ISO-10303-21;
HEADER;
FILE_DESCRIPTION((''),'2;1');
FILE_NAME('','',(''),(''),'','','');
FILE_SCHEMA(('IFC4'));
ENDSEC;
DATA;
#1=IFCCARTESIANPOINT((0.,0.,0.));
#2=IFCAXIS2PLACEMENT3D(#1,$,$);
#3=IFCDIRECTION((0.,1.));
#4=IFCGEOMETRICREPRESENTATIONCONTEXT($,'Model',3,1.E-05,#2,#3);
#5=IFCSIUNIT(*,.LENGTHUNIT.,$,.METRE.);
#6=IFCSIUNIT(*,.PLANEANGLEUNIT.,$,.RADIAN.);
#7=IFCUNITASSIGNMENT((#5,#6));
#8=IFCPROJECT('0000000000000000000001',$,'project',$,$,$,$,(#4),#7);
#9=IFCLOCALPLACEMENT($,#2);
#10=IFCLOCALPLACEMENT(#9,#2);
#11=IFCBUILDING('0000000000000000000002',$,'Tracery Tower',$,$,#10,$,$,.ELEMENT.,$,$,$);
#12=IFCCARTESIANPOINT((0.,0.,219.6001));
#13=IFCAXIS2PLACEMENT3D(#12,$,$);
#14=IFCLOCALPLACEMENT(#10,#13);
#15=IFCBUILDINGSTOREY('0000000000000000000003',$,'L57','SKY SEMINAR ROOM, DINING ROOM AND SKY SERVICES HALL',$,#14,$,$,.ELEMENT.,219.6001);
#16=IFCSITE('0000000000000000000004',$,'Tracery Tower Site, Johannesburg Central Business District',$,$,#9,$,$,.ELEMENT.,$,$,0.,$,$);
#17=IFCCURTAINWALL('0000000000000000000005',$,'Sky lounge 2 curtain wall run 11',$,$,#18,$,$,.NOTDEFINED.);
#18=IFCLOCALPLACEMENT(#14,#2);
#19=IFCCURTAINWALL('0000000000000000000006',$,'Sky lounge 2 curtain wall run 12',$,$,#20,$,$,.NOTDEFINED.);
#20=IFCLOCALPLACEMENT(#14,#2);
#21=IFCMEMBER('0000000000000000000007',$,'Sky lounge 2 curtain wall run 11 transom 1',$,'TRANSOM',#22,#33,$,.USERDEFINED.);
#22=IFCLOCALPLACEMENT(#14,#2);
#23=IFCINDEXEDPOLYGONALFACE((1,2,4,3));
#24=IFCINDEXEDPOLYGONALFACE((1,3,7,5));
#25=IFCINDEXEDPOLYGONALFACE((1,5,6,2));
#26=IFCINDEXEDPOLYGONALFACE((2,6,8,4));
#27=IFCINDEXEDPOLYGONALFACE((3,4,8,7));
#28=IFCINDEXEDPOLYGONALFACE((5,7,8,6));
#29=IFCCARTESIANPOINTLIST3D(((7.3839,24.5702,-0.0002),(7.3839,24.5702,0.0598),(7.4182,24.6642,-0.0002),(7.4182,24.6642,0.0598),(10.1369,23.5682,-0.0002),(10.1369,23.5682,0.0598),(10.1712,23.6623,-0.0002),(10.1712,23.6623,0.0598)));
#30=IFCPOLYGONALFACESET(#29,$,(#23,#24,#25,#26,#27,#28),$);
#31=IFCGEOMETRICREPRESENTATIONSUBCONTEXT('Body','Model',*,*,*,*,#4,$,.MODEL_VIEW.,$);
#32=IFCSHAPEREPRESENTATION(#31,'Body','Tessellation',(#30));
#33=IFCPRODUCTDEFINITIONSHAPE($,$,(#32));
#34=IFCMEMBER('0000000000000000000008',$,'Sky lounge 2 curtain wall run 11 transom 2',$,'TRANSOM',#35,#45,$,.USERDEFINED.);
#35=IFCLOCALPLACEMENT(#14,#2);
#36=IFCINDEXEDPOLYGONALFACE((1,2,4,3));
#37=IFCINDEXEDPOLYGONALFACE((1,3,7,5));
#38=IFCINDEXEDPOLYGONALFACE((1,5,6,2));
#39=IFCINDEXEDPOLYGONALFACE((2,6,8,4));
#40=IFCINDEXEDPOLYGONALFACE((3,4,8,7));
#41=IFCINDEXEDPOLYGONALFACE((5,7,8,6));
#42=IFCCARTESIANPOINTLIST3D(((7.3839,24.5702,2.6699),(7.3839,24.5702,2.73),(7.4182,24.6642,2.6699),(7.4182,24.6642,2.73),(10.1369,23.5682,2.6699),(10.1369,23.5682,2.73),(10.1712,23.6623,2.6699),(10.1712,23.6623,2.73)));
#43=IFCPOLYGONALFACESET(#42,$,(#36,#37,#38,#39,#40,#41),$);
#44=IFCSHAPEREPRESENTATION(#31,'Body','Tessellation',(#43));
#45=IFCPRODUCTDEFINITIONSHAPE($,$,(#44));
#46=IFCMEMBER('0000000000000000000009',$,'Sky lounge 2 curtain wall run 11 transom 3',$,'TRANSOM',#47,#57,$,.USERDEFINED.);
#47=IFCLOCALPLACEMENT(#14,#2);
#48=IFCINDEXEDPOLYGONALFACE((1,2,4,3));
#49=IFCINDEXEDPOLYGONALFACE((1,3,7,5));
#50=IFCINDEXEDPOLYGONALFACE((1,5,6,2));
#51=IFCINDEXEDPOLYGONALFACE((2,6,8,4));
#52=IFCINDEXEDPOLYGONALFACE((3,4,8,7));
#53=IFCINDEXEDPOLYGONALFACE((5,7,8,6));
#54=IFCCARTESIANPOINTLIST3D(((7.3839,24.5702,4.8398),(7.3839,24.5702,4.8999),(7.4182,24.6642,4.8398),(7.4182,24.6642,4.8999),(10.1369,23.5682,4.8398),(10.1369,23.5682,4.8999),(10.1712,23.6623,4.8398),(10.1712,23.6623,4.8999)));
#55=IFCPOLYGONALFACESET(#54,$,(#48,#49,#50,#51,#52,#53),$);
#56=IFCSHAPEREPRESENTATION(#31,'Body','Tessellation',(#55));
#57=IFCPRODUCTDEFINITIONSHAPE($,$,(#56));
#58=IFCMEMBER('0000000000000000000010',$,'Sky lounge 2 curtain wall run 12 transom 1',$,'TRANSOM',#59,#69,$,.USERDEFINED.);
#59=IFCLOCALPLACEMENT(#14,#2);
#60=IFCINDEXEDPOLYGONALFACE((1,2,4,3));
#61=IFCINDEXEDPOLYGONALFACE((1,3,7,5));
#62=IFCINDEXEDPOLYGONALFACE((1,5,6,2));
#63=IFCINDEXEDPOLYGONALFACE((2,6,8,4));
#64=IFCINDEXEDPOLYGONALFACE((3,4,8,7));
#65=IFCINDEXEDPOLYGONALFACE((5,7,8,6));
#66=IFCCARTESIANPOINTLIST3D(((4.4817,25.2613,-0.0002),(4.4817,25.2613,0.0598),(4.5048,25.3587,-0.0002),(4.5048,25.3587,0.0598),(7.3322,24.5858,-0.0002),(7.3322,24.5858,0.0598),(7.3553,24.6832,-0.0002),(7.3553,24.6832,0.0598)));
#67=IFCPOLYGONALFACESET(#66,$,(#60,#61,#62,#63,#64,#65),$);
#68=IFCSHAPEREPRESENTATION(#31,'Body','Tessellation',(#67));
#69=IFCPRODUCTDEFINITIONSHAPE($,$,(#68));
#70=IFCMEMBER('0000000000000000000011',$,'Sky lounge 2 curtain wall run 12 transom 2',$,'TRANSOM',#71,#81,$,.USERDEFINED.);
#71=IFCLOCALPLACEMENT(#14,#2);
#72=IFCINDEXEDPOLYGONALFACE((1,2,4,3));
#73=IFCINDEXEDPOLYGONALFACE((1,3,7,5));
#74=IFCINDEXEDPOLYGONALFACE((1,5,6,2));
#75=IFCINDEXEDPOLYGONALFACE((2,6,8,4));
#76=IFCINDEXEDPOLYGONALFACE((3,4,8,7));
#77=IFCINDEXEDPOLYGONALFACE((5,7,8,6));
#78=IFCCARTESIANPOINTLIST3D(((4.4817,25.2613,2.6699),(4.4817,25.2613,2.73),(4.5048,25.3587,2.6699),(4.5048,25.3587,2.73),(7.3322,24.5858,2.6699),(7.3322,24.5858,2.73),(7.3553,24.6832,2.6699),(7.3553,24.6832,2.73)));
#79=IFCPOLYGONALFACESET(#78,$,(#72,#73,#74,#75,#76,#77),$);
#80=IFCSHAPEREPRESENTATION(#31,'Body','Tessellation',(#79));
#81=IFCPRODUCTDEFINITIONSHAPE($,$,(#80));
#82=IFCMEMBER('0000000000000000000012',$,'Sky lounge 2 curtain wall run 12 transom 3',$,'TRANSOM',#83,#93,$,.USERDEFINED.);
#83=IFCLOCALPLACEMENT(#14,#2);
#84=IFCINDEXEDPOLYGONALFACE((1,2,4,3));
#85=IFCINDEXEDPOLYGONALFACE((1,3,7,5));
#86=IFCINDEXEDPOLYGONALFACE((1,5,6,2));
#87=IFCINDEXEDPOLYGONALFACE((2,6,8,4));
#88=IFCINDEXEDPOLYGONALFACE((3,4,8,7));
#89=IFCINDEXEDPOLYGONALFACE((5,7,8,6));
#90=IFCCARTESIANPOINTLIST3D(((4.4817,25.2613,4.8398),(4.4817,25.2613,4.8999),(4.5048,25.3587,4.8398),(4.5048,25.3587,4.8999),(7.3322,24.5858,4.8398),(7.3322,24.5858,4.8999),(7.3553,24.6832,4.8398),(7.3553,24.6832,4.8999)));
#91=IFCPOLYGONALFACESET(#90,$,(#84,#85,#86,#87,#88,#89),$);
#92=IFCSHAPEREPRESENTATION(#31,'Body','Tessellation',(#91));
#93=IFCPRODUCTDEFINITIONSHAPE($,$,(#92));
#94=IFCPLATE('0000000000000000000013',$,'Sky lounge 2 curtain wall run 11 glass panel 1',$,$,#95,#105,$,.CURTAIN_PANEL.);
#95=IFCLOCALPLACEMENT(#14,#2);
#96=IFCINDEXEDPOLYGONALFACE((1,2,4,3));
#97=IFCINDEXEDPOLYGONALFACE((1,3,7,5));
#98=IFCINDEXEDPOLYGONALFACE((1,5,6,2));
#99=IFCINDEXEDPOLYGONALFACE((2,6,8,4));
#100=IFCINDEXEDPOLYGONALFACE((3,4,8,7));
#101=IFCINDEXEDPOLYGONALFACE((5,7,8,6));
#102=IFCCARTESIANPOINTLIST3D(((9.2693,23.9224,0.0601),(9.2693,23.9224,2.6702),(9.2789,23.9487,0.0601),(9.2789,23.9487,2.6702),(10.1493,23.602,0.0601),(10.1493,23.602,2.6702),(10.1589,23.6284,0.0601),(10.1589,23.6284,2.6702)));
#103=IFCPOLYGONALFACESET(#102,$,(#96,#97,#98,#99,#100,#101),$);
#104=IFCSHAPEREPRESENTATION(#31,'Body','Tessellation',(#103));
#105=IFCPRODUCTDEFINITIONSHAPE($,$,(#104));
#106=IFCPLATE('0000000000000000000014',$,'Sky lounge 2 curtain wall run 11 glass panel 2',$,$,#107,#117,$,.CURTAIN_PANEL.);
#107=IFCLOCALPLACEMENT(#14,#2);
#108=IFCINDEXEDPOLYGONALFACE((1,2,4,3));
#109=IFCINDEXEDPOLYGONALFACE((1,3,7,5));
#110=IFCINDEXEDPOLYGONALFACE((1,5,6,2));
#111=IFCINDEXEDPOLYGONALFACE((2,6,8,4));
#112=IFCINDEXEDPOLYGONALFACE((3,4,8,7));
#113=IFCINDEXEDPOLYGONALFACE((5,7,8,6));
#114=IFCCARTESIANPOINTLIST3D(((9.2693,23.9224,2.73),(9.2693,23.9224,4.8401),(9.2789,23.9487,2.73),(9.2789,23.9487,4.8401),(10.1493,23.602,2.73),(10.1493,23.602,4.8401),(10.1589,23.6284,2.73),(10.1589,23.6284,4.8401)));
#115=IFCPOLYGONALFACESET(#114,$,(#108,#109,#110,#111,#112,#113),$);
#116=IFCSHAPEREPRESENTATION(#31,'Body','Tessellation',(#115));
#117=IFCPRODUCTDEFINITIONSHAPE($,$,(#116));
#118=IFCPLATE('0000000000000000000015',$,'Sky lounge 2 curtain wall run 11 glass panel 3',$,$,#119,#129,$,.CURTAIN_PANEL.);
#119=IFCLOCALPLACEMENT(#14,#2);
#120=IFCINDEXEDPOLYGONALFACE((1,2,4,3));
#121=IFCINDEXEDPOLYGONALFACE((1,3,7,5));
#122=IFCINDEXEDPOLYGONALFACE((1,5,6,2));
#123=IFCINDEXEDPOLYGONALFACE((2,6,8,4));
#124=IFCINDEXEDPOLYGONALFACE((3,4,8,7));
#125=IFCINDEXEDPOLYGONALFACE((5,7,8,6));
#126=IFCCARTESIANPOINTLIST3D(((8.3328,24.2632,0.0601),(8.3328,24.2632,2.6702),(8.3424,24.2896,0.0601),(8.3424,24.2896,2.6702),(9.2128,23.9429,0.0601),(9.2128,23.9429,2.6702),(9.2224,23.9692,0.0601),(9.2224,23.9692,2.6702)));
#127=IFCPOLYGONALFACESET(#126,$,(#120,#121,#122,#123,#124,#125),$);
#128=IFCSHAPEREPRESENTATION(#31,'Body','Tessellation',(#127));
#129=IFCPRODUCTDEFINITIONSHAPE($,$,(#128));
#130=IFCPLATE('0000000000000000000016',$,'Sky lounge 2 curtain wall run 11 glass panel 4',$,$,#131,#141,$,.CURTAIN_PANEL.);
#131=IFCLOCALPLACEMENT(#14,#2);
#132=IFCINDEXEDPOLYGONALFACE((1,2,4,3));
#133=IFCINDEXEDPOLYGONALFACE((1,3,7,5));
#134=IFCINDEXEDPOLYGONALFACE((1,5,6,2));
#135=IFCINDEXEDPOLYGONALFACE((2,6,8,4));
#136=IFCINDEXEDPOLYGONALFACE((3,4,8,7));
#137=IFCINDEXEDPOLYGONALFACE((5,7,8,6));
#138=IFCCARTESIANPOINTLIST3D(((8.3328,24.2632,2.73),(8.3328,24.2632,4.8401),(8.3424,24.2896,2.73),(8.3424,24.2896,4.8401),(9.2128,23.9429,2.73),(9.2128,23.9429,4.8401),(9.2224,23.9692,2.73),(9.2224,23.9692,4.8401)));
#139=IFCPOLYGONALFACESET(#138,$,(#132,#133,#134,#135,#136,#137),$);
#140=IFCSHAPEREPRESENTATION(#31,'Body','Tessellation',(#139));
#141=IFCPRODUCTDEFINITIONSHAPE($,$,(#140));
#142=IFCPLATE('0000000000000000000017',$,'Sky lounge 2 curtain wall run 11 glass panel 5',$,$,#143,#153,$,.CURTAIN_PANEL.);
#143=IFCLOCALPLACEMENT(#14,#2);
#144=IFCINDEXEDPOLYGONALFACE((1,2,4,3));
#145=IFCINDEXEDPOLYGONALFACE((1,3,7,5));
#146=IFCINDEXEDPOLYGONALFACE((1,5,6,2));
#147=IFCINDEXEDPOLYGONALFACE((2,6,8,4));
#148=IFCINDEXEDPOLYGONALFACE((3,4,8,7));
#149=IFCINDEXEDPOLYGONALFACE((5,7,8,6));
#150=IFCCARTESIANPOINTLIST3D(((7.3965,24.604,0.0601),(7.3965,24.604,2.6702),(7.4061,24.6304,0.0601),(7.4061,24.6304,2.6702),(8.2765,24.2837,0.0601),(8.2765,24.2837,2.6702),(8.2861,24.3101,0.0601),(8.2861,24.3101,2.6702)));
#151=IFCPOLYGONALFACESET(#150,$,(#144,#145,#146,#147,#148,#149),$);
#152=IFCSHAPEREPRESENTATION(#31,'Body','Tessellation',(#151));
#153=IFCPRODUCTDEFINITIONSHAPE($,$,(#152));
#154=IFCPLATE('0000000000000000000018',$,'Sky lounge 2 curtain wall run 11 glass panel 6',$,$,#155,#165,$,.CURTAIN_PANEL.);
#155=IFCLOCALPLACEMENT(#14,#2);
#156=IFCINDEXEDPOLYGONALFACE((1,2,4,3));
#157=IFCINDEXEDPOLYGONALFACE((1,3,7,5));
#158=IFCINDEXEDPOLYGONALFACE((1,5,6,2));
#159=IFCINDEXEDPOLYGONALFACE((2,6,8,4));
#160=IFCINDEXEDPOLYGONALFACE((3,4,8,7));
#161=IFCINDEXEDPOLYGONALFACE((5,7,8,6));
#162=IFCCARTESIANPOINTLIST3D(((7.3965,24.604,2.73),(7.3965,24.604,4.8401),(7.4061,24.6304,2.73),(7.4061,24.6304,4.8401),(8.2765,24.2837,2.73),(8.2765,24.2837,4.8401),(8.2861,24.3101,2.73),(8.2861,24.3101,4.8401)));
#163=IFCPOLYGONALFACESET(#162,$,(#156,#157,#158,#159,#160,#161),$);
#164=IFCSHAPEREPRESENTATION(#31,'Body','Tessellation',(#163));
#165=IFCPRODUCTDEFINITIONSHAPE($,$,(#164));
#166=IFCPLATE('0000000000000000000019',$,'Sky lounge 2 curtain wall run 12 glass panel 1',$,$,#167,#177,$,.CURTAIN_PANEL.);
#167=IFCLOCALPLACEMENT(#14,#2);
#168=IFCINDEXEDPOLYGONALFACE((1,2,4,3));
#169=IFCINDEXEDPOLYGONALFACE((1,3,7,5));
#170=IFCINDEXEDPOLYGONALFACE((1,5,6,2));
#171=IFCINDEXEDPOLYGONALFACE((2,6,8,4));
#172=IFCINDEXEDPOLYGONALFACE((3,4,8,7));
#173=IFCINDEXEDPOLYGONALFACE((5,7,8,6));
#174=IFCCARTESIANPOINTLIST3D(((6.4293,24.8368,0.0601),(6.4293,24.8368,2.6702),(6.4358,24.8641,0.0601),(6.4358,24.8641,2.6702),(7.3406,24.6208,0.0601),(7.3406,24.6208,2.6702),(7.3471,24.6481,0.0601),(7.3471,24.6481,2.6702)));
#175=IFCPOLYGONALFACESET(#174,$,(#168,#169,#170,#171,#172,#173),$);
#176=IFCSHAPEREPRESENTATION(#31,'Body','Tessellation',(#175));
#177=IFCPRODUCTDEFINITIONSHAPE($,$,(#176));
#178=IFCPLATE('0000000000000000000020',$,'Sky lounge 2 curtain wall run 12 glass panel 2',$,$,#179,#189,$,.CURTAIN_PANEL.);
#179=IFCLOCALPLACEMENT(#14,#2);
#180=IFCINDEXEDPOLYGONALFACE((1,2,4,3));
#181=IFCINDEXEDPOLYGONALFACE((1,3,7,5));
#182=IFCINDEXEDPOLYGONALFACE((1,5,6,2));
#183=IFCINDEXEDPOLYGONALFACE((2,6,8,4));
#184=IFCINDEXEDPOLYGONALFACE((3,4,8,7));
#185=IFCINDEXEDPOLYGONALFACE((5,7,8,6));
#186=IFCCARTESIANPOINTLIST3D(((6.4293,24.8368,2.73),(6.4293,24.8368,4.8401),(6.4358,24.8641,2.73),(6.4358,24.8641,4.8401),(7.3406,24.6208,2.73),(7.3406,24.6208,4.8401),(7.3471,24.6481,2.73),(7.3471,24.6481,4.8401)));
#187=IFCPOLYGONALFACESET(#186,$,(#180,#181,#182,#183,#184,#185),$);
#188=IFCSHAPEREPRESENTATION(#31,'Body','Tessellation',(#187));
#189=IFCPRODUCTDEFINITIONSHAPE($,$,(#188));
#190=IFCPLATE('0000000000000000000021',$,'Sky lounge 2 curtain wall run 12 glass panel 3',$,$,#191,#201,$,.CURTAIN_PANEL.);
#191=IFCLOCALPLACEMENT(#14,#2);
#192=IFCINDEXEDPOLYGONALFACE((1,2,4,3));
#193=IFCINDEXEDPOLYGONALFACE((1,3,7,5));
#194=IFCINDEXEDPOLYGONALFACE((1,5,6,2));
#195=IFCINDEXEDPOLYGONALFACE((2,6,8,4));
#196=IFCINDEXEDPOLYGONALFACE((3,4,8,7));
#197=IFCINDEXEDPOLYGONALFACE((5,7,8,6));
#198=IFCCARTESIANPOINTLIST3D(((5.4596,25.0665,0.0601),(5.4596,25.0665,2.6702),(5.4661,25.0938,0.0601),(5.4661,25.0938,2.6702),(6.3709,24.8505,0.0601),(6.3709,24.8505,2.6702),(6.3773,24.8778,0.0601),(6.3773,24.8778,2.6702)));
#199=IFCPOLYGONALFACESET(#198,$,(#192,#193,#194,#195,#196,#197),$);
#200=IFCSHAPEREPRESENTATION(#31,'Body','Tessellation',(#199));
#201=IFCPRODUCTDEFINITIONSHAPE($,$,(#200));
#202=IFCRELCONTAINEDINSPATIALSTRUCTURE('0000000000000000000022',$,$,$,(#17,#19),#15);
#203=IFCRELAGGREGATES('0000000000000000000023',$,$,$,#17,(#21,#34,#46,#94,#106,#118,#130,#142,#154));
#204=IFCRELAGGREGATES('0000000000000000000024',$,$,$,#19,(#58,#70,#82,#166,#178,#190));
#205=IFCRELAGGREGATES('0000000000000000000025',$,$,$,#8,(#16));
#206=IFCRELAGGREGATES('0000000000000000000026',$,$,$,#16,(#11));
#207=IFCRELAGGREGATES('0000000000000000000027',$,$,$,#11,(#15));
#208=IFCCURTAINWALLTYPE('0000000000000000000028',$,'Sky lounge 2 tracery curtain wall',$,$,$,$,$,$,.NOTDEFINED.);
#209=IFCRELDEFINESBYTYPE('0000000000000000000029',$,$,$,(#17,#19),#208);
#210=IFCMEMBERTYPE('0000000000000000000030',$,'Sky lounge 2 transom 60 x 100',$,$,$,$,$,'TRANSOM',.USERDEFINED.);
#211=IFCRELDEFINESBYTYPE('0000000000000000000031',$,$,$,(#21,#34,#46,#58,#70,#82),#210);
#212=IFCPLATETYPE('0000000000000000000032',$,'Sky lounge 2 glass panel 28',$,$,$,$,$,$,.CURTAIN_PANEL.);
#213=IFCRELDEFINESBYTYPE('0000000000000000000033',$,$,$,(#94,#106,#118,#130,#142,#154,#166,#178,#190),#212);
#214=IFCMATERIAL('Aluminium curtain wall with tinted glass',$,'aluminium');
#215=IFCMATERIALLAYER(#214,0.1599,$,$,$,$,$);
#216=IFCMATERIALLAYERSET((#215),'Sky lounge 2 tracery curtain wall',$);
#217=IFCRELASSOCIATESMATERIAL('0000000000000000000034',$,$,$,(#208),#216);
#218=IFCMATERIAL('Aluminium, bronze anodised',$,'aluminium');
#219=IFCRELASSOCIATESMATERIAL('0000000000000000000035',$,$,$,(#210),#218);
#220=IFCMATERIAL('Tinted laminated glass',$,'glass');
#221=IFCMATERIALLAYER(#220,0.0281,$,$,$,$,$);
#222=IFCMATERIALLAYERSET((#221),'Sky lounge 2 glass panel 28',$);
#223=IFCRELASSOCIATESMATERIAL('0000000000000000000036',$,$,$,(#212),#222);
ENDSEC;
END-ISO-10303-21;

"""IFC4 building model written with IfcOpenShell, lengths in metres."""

from ifc_helpers import new_model, si_unit, direction, frame, origin, origin_2d, place, context, subcontext, project, spatial, rectangle, extrude, material, layer, layer_set, material_profile, profile_set, type_object, element, aggregate, save


model = new_model("IFC4")

# Units and contexts
model_context = context("Model", 3, precision=1e-05, world=origin(), true_north=direction((0.0, 1.0)))
body_context = subcontext(model_context, "Body", "Model", "MODEL_VIEW")
ifc_project = project(units=[si_unit("LENGTHUNIT", "METRE"), si_unit("PLANEANGLEUNIT", "RADIAN")], contexts=[model_context])

# Site, building, storey
site_placement = place(None, origin())
site = spatial("IfcSite", under=ifc_project, at=site_placement, Name="Tracery Tower Site, Johannesburg Central Business District", CompositionType="ELEMENT", RefElevation=0.0)
building_placement = place(site_placement, origin())
building = spatial("IfcBuilding", under=site, at=building_placement, Name="Tracery Tower", CompositionType="ELEMENT")
storey_placement = place(building_placement, frame((0.0, 0.0, 219.6001)))
storey = spatial("IfcBuildingStorey", under=building, at=storey_placement, Name="L57", Description="SKY SEMINAR ROOM, DINING ROOM AND SKY SERVICES HALL", CompositionType="ELEMENT", Elevation=219.6001)

# Curtain walls
ifc_material_1 = material(Name="Aluminium curtain wall with tinted glass", Category="aluminium")
ifc_layer_1 = layer(ifc_material_1, 0.1599)
ifc_layer_set_1 = layer_set([ifc_layer_1], Name="Sky lounge 2 tracery curtain wall")
curtain_wall_type = type_object("IfcCurtainWallType", Name="Sky lounge 2 tracery curtain wall", PredefinedType="NOTDEFINED", material=ifc_layer_set_1)
curtain_wall_1_placement = place(storey_placement, origin())
curtain_wall_1 = element("IfcCurtainWall", 1, at=curtain_wall_1_placement, inside=storey, type_object=curtain_wall_type, Name="Sky lounge 2 curtain wall run 11", PredefinedType="NOTDEFINED")
curtain_wall_2_placement = place(storey_placement, origin())
curtain_wall_2 = element("IfcCurtainWall", 2, at=curtain_wall_2_placement, inside=storey, type_object=curtain_wall_type, Name="Sky lounge 2 curtain wall run 12", PredefinedType="NOTDEFINED")

# Members
ifc_material_2 = material(Name="Aluminium, bronze anodised", Category="aluminium")
ifc_material_profile_1 = material_profile(ifc_material_2, rectangle(XDim=0.1001, YDim=0.0601, at=origin_2d()), Name="AL 60x100")
ifc_profile_set_1 = profile_set([ifc_material_profile_1], Name="Aluminium, bronze anodised")
member_type_1 = type_object("IfcMemberType", Name="Sky lounge 2 transom 60 x 100", ElementType="TRANSOM", PredefinedType="USERDEFINED", material=ifc_profile_set_1)
member_1_placement = place(storey_placement, frame((10.1541, 23.6152, 0.0298), z_axis=(-0.939696, 0.342011, 0.0), x_axis=(-0.342011, -0.939696, 0.0)))
member_1 = element("IfcMember", 3, at=member_1_placement, type_object=member_type_1, Name="Sky lounge 2 curtain wall run 11 transom 1", ObjectType="TRANSOM", PredefinedType="USERDEFINED", context=body_context, shape_type="SweptSolid", body=[
    extrude(rectangle(XDim=0.1001, YDim=0.0601, at=origin_2d()), origin(), (0.0, 0.0, 1.0), 2.9297),
])
member_2_placement = place(storey_placement, frame((10.1541, 23.6152, 2.7), z_axis=(-0.939696, 0.342011, 0.0), x_axis=(-0.342011, -0.939696, 0.0)))
member_2 = element("IfcMember", 4, at=member_2_placement, type_object=member_type_1, Name="Sky lounge 2 curtain wall run 11 transom 2", ObjectType="TRANSOM", PredefinedType="USERDEFINED", context=body_context, shape_type="SweptSolid", body=[
    extrude(rectangle(XDim=0.1001, YDim=0.0601, at=origin_2d()), origin(), (0.0, 0.0, 1.0), 2.9297),
])
member_3_placement = place(storey_placement, frame((10.1541, 23.6152, 4.8699), z_axis=(-0.939696, 0.342011, 0.0), x_axis=(-0.342011, -0.939696, 0.0)))
member_3 = element("IfcMember", 5, at=member_3_placement, type_object=member_type_1, Name="Sky lounge 2 curtain wall run 11 transom 3", ObjectType="TRANSOM", PredefinedType="USERDEFINED", context=body_context, shape_type="SweptSolid", body=[
    extrude(rectangle(XDim=0.1001, YDim=0.0601, at=origin_2d()), origin(), (0.0, 0.0, 1.0), 2.9297),
])
member_4_placement = place(storey_placement, frame((7.3438, 24.6345, 0.0298), z_axis=(-0.97305, 0.230595, 0.0), x_axis=(-0.230595, -0.97305, 0.0)))
member_4 = element("IfcMember", 6, at=member_4_placement, type_object=member_type_1, Name="Sky lounge 2 curtain wall run 12 transom 1", ObjectType="TRANSOM", PredefinedType="USERDEFINED", context=body_context, shape_type="SweptSolid", body=[
    extrude(rectangle(XDim=0.1001, YDim=0.0601, at=origin_2d()), origin(), (0.0, 0.0, 1.0), 2.9294),
])
member_5_placement = place(storey_placement, frame((7.3438, 24.6345, 2.7), z_axis=(-0.97305, 0.230595, 0.0), x_axis=(-0.230595, -0.97305, 0.0)))
member_5 = element("IfcMember", 7, at=member_5_placement, type_object=member_type_1, Name="Sky lounge 2 curtain wall run 12 transom 2", ObjectType="TRANSOM", PredefinedType="USERDEFINED", context=body_context, shape_type="SweptSolid", body=[
    extrude(rectangle(XDim=0.1001, YDim=0.0601, at=origin_2d()), origin(), (0.0, 0.0, 1.0), 2.9294),
])
member_6_placement = place(storey_placement, frame((7.3438, 24.6345, 4.8699), z_axis=(-0.97305, 0.230595, 0.0), x_axis=(-0.230595, -0.97305, 0.0)))
member_6 = element("IfcMember", 8, at=member_6_placement, type_object=member_type_1, Name="Sky lounge 2 curtain wall run 12 transom 3", ObjectType="TRANSOM", PredefinedType="USERDEFINED", context=body_context, shape_type="SweptSolid", body=[
    extrude(rectangle(XDim=0.1001, YDim=0.0601, at=origin_2d()), origin(), (0.0, 0.0, 1.0), 2.9294),
])

# Plates
ifc_material_3 = material(Name="Tinted laminated glass", Category="glass")
ifc_layer_2 = layer(ifc_material_3, 0.0281)
ifc_layer_set_2 = layer_set([ifc_layer_2], Name="Sky lounge 2 glass panel 28")
plate_type = type_object("IfcPlateType", Name="Sky lounge 2 glass panel 28", PredefinedType="CURTAIN_PANEL", material=ifc_layer_set_2)
plate_1_placement = place(storey_placement, frame((9.7141, 23.7754, 0.0601), z_axis=(0.0, 0.0, 1.0), x_axis=(-0.939693, 0.34202, 0.0)))
plate_1 = element("IfcPlate", 9, at=plate_1_placement, type_object=plate_type, Name="Sky lounge 2 curtain wall run 11 glass panel 1", PredefinedType="CURTAIN_PANEL", context=body_context, shape_type="SweptSolid", body=[
    extrude(rectangle(XDim=0.9365, YDim=0.0281, at=origin_2d()), origin(), (0.0, 0.0, 1.0), 2.6101),
])
plate_2_placement = place(storey_placement, frame((9.7141, 23.7754, 2.73), z_axis=(0.0, 0.0, 1.0), x_axis=(-0.939693, 0.34202, 0.0)))
plate_2 = element("IfcPlate", 10, at=plate_2_placement, type_object=plate_type, Name="Sky lounge 2 curtain wall run 11 glass panel 2", PredefinedType="CURTAIN_PANEL", context=body_context, shape_type="SweptSolid", body=[
    extrude(rectangle(XDim=0.9365, YDim=0.0281, at=origin_2d()), origin(), (0.0, 0.0, 1.0), 2.1101),
])
plate_3_placement = place(storey_placement, frame((8.7776, 24.1162, 0.0601), z_axis=(0.0, 0.0, 1.0), x_axis=(-0.939693, 0.34202, 0.0)))
plate_3 = element("IfcPlate", 11, at=plate_3_placement, type_object=plate_type, Name="Sky lounge 2 curtain wall run 11 glass panel 3", PredefinedType="CURTAIN_PANEL", context=body_context, shape_type="SweptSolid", body=[
    extrude(rectangle(XDim=0.9365, YDim=0.0281, at=origin_2d()), origin(), (0.0, 0.0, 1.0), 2.6101),
])
plate_4_placement = place(storey_placement, frame((8.7776, 24.1162, 2.73), z_axis=(0.0, 0.0, 1.0), x_axis=(-0.939693, 0.34202, 0.0)))
plate_4 = element("IfcPlate", 12, at=plate_4_placement, type_object=plate_type, Name="Sky lounge 2 curtain wall run 11 glass panel 4", PredefinedType="CURTAIN_PANEL", context=body_context, shape_type="SweptSolid", body=[
    extrude(rectangle(XDim=0.9365, YDim=0.0281, at=origin_2d()), origin(), (0.0, 0.0, 1.0), 2.1101),
])
plate_5_placement = place(storey_placement, frame((7.8413, 24.457, 0.0601), z_axis=(0.0, 0.0, 1.0), x_axis=(-0.939693, 0.34202, 0.0)))
plate_5 = element("IfcPlate", 13, at=plate_5_placement, type_object=plate_type, Name="Sky lounge 2 curtain wall run 11 glass panel 5", PredefinedType="CURTAIN_PANEL", context=body_context, shape_type="SweptSolid", body=[
    extrude(rectangle(XDim=0.9365, YDim=0.0281, at=origin_2d()), origin(), (0.0, 0.0, 1.0), 2.6101),
])
plate_6_placement = place(storey_placement, frame((7.8413, 24.457, 2.73), z_axis=(0.0, 0.0, 1.0), x_axis=(-0.939693, 0.34202, 0.0)))
plate_6 = element("IfcPlate", 14, at=plate_6_placement, type_object=plate_type, Name="Sky lounge 2 curtain wall run 11 glass panel 6", PredefinedType="CURTAIN_PANEL", context=body_context, shape_type="SweptSolid", body=[
    extrude(rectangle(XDim=0.9365, YDim=0.0281, at=origin_2d()), origin(), (0.0, 0.0, 1.0), 2.1101),
])
aggregate(curtain_wall_1, [member_1, member_2, member_3, plate_1, plate_2, plate_3, plate_4, plate_5, plate_6])
plate_7_placement = place(storey_placement, frame((6.8882, 24.7424, 0.0601), z_axis=(0.0, 0.0, 1.0), x_axis=(-0.973045, 0.230616, 0.0)))
plate_7 = element("IfcPlate", 15, at=plate_7_placement, type_object=plate_type, Name="Sky lounge 2 curtain wall run 12 glass panel 1", PredefinedType="CURTAIN_PANEL", context=body_context, shape_type="SweptSolid", body=[
    extrude(rectangle(XDim=0.9365, YDim=0.0281, at=origin_2d()), origin(), (0.0, 0.0, 1.0), 2.6101),
])
plate_8_placement = place(storey_placement, frame((6.8882, 24.7424, 2.73), z_axis=(0.0, 0.0, 1.0), x_axis=(-0.973045, 0.230616, 0.0)))
plate_8 = element("IfcPlate", 16, at=plate_8_placement, type_object=plate_type, Name="Sky lounge 2 curtain wall run 12 glass panel 2", PredefinedType="CURTAIN_PANEL", context=body_context, shape_type="SweptSolid", body=[
    extrude(rectangle(XDim=0.9365, YDim=0.0281, at=origin_2d()), origin(), (0.0, 0.0, 1.0), 2.1101),
])
plate_9_placement = place(storey_placement, frame((5.9185, 24.9722, 0.0601), z_axis=(0.0, 0.0, 1.0), x_axis=(-0.973045, 0.230616, 0.0)))
plate_9 = element("IfcPlate", 17, at=plate_9_placement, type_object=plate_type, Name="Sky lounge 2 curtain wall run 12 glass panel 3", PredefinedType="CURTAIN_PANEL", context=body_context, shape_type="SweptSolid", body=[
    extrude(rectangle(XDim=0.9365, YDim=0.0281, at=origin_2d()), origin(), (0.0, 0.0, 1.0), 2.6101),
])
aggregate(curtain_wall_2, [member_4, member_5, member_6, plate_7, plate_8, plate_9])

save(model, "model.ifc")
